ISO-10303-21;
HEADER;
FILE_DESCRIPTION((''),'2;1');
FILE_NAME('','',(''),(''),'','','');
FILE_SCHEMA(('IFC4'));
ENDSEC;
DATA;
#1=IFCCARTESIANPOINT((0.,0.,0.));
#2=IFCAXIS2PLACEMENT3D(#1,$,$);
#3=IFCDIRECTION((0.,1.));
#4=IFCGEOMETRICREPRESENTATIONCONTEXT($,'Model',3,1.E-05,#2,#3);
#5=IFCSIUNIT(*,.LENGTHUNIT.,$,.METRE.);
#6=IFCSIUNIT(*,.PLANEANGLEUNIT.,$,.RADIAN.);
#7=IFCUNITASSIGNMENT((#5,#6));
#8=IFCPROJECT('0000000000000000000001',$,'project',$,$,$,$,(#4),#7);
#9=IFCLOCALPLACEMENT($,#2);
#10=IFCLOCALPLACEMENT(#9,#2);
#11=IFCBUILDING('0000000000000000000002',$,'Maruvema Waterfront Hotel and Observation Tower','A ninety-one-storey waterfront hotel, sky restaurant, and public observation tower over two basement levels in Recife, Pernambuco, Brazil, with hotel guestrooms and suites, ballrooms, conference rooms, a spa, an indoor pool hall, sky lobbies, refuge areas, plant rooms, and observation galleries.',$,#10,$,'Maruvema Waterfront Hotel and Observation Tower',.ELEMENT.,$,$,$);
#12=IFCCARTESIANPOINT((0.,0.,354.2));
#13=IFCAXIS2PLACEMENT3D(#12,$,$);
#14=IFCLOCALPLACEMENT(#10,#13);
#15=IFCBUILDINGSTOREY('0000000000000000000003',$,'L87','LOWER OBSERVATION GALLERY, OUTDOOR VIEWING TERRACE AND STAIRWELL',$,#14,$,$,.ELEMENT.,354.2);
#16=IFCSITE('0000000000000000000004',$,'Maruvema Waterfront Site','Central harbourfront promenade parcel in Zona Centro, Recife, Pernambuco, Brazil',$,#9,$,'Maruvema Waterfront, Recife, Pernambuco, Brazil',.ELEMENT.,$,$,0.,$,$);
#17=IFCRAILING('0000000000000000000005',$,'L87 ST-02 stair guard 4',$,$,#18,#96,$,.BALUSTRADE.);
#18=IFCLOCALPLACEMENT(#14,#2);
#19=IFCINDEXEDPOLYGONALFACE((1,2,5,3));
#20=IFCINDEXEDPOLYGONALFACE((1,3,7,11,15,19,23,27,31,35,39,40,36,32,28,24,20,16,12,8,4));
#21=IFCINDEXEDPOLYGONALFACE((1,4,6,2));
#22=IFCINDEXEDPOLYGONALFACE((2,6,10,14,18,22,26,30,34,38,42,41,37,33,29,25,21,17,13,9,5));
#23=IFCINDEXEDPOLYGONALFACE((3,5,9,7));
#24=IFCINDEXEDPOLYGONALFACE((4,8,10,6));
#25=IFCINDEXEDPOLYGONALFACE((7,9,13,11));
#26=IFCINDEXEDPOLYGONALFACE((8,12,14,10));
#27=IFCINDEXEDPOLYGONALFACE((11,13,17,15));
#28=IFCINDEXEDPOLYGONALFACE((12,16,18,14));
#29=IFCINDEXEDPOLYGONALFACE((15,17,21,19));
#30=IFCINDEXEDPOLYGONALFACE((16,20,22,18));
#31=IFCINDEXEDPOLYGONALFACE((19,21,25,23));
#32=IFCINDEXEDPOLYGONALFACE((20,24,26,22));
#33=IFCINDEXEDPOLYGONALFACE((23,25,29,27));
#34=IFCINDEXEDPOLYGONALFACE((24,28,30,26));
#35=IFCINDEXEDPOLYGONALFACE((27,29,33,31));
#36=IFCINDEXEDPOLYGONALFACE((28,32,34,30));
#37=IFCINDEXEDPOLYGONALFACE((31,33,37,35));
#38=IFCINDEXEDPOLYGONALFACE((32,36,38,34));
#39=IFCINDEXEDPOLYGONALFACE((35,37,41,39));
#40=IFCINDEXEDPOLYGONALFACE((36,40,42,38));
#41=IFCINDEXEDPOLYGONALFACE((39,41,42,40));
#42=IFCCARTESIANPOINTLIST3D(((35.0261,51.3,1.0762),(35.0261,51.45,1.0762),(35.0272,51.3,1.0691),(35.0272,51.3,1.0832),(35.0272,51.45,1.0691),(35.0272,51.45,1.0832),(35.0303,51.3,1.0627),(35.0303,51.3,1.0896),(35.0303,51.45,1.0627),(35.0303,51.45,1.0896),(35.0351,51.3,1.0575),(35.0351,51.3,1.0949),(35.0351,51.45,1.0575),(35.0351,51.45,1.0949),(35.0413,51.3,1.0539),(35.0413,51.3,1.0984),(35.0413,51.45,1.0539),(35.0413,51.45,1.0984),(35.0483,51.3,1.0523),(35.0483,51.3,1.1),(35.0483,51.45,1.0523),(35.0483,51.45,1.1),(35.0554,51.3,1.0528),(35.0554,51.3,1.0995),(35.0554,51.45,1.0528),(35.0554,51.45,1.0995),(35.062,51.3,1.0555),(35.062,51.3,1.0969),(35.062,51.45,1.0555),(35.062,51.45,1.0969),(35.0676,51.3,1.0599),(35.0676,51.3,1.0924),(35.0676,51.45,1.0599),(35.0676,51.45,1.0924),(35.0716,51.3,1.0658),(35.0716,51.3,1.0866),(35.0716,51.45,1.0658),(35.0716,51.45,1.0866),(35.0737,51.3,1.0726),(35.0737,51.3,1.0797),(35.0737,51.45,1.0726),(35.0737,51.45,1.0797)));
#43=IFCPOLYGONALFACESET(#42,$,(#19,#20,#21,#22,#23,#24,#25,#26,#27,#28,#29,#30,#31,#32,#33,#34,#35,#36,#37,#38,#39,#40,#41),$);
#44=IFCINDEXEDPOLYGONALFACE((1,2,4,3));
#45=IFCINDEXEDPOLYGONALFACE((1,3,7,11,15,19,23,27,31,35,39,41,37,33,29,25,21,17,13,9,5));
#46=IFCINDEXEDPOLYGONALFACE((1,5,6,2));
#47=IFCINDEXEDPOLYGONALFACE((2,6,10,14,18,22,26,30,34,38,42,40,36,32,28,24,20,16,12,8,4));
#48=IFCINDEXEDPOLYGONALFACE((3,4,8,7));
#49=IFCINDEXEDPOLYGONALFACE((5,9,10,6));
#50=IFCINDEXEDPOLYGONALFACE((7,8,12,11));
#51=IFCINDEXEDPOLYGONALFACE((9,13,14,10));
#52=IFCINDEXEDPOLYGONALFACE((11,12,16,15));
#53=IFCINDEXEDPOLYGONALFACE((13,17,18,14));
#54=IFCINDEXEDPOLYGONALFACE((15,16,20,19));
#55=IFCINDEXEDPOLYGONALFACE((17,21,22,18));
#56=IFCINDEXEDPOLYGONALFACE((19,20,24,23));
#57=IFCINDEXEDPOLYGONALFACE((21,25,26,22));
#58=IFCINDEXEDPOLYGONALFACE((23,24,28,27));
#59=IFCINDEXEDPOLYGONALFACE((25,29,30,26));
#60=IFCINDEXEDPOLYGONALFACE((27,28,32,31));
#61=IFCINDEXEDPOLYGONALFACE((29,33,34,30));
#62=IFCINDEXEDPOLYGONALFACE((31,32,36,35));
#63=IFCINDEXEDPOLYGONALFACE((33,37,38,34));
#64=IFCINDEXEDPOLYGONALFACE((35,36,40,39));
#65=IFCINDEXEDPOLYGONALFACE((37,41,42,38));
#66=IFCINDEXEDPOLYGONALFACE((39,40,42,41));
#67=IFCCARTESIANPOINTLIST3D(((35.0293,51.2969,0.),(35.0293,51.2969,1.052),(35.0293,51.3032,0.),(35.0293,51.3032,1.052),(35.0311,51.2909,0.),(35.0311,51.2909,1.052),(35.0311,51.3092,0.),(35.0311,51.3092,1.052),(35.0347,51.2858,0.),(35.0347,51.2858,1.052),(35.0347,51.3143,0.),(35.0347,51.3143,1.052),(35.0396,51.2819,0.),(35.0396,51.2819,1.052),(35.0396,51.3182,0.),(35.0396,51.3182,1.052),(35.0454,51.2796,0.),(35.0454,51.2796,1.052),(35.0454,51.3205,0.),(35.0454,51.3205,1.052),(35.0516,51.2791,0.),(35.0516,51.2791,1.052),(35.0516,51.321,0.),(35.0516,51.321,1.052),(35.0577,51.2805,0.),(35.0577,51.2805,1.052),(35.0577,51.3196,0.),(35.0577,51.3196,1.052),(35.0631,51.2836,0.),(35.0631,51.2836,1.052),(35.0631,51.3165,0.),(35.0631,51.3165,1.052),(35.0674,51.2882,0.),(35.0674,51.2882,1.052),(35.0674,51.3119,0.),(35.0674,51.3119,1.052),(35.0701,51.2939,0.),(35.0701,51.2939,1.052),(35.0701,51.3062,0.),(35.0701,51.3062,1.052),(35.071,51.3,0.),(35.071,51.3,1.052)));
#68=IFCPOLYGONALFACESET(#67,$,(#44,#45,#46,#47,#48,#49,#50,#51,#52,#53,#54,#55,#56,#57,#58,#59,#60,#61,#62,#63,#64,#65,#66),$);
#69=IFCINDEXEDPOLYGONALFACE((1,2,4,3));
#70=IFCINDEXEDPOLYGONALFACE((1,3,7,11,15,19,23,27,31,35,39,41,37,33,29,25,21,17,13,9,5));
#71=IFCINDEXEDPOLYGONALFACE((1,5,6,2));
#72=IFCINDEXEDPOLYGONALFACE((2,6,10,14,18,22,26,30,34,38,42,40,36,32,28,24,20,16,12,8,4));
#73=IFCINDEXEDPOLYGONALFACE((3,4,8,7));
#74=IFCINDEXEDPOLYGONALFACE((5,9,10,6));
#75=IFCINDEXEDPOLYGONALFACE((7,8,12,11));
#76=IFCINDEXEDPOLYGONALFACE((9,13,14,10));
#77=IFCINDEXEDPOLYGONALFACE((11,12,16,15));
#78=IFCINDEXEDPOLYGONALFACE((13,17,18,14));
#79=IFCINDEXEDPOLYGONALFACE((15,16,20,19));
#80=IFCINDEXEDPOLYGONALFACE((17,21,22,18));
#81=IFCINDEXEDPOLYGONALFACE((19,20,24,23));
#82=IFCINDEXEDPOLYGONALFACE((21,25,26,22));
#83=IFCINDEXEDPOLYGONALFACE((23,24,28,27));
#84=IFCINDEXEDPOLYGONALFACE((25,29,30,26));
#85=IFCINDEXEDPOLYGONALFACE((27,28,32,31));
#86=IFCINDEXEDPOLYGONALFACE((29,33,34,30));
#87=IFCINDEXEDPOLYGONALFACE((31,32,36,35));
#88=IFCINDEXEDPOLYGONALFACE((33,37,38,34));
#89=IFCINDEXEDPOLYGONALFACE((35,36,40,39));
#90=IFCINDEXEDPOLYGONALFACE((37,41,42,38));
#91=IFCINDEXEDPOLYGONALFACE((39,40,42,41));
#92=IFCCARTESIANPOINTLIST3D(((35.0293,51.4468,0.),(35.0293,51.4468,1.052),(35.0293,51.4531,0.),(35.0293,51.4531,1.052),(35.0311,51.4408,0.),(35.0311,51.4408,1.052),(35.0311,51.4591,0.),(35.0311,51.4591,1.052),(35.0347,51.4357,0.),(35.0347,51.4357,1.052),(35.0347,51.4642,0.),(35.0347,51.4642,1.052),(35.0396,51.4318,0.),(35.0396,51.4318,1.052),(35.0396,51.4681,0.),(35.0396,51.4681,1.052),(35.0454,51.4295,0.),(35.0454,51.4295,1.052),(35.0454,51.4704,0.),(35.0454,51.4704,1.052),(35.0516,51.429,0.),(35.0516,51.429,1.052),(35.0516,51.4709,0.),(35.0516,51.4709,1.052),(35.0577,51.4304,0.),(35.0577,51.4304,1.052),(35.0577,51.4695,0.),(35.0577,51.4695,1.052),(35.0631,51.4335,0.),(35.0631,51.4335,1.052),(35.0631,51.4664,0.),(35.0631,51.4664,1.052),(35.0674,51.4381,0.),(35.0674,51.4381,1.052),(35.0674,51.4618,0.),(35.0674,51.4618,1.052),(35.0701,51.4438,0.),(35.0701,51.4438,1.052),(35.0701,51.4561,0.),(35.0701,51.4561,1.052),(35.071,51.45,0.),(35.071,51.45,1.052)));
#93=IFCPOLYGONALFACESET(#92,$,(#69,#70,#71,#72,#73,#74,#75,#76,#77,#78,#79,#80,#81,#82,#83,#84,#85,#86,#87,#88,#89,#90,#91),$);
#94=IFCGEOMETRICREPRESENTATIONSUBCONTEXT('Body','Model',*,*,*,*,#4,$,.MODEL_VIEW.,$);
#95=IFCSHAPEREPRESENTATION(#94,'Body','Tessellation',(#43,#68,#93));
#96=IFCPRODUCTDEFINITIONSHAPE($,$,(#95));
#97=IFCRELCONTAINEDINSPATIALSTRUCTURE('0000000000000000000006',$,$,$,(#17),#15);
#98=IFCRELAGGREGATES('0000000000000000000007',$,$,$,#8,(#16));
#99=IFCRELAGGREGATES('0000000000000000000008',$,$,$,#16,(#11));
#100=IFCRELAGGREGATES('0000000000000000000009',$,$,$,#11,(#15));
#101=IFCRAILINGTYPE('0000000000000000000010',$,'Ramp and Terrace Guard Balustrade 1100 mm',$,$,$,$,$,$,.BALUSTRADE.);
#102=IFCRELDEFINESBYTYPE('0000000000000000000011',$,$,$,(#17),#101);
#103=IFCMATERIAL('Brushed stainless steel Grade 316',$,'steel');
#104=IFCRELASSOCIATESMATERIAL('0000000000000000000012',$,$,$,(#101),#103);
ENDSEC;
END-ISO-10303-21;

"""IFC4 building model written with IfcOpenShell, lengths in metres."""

from ifc_helpers import new_model, si_unit, direction, frame, origin, origin_2d, place, context, subcontext, project, spatial, circle, extrude, material, type_object, element, save


model = new_model("IFC4")

# Units and contexts
model_context = context("Model", 3, precision=1e-05, world=origin(), true_north=direction((0.0, 1.0)))
body_context = subcontext(model_context, "Body", "Model", "MODEL_VIEW")
ifc_project = project(units=[si_unit("LENGTHUNIT", "METRE"), si_unit("PLANEANGLEUNIT", "RADIAN")], contexts=[model_context])

# Site, building, storey
site_placement = place(None, origin())
site = spatial("IfcSite", under=ifc_project, at=site_placement, Name="Maruvema Waterfront Site", Description="Central harbourfront promenade parcel in Zona Centro, Recife, Pernambuco, Brazil", LongName="Maruvema Waterfront, Recife, Pernambuco, Brazil", CompositionType="ELEMENT", RefElevation=0.0)
building_placement = place(site_placement, origin())
building = spatial("IfcBuilding", under=site, at=building_placement, Name="Maruvema Waterfront Hotel and Observation Tower", Description="A ninety-one-storey waterfront hotel, sky restaurant, and public observation tower over two basement levels in Recife, Pernambuco, Brazil, with hotel guestrooms and suites, ballrooms, conference rooms, a spa, an indoor pool hall, sky lobbies, refuge areas, plant rooms, and observation galleries.", LongName="Maruvema Waterfront Hotel and Observation Tower", CompositionType="ELEMENT")
storey_placement = place(building_placement, frame((0.0, 0.0, 354.2)))
storey = spatial("IfcBuildingStorey", under=building, at=storey_placement, Name="L87", Description="LOWER OBSERVATION GALLERY, OUTDOOR VIEWING TERRACE AND STAIRWELL", CompositionType="ELEMENT", Elevation=354.2)

# Railing
ifc_material_1 = material(Name="Brushed stainless steel Grade 316", Category="steel")
railing_type_1 = type_object("IfcRailingType", Name="Ramp and Terrace Guard Balustrade 1100 mm", PredefinedType="BALUSTRADE", material=ifc_material_1)
railing_1_placement = place(storey_placement, frame((35.05, 51.3, 0.0)))
element("IfcRailing", 1, at=railing_1_placement, inside=storey, type_object=railing_type_1, Name="L87 ST-02 stair guard 4", PredefinedType="BALUSTRADE", context=body_context, shape_type="SweptSolid", body=[
    extrude(circle(Radius=0.0239, at=origin_2d()), frame((0.0, 0.0, 1.0762), z_axis=(0.0, 1.0, 0.0), x_axis=(-1.0, 0.0, 0.0)), (0.0, 0.0, 1.0), 0.1499),
    extrude(circle(Radius=0.021, at=origin_2d()), origin(), (0.0, 0.0, 1.0), 1.052),
    extrude(circle(Radius=0.021, at=origin_2d()), frame((0.0, 0.1499, 0.0)), (0.0, 0.0, 1.0), 1.052),
])

save(model, "model.ifc")
